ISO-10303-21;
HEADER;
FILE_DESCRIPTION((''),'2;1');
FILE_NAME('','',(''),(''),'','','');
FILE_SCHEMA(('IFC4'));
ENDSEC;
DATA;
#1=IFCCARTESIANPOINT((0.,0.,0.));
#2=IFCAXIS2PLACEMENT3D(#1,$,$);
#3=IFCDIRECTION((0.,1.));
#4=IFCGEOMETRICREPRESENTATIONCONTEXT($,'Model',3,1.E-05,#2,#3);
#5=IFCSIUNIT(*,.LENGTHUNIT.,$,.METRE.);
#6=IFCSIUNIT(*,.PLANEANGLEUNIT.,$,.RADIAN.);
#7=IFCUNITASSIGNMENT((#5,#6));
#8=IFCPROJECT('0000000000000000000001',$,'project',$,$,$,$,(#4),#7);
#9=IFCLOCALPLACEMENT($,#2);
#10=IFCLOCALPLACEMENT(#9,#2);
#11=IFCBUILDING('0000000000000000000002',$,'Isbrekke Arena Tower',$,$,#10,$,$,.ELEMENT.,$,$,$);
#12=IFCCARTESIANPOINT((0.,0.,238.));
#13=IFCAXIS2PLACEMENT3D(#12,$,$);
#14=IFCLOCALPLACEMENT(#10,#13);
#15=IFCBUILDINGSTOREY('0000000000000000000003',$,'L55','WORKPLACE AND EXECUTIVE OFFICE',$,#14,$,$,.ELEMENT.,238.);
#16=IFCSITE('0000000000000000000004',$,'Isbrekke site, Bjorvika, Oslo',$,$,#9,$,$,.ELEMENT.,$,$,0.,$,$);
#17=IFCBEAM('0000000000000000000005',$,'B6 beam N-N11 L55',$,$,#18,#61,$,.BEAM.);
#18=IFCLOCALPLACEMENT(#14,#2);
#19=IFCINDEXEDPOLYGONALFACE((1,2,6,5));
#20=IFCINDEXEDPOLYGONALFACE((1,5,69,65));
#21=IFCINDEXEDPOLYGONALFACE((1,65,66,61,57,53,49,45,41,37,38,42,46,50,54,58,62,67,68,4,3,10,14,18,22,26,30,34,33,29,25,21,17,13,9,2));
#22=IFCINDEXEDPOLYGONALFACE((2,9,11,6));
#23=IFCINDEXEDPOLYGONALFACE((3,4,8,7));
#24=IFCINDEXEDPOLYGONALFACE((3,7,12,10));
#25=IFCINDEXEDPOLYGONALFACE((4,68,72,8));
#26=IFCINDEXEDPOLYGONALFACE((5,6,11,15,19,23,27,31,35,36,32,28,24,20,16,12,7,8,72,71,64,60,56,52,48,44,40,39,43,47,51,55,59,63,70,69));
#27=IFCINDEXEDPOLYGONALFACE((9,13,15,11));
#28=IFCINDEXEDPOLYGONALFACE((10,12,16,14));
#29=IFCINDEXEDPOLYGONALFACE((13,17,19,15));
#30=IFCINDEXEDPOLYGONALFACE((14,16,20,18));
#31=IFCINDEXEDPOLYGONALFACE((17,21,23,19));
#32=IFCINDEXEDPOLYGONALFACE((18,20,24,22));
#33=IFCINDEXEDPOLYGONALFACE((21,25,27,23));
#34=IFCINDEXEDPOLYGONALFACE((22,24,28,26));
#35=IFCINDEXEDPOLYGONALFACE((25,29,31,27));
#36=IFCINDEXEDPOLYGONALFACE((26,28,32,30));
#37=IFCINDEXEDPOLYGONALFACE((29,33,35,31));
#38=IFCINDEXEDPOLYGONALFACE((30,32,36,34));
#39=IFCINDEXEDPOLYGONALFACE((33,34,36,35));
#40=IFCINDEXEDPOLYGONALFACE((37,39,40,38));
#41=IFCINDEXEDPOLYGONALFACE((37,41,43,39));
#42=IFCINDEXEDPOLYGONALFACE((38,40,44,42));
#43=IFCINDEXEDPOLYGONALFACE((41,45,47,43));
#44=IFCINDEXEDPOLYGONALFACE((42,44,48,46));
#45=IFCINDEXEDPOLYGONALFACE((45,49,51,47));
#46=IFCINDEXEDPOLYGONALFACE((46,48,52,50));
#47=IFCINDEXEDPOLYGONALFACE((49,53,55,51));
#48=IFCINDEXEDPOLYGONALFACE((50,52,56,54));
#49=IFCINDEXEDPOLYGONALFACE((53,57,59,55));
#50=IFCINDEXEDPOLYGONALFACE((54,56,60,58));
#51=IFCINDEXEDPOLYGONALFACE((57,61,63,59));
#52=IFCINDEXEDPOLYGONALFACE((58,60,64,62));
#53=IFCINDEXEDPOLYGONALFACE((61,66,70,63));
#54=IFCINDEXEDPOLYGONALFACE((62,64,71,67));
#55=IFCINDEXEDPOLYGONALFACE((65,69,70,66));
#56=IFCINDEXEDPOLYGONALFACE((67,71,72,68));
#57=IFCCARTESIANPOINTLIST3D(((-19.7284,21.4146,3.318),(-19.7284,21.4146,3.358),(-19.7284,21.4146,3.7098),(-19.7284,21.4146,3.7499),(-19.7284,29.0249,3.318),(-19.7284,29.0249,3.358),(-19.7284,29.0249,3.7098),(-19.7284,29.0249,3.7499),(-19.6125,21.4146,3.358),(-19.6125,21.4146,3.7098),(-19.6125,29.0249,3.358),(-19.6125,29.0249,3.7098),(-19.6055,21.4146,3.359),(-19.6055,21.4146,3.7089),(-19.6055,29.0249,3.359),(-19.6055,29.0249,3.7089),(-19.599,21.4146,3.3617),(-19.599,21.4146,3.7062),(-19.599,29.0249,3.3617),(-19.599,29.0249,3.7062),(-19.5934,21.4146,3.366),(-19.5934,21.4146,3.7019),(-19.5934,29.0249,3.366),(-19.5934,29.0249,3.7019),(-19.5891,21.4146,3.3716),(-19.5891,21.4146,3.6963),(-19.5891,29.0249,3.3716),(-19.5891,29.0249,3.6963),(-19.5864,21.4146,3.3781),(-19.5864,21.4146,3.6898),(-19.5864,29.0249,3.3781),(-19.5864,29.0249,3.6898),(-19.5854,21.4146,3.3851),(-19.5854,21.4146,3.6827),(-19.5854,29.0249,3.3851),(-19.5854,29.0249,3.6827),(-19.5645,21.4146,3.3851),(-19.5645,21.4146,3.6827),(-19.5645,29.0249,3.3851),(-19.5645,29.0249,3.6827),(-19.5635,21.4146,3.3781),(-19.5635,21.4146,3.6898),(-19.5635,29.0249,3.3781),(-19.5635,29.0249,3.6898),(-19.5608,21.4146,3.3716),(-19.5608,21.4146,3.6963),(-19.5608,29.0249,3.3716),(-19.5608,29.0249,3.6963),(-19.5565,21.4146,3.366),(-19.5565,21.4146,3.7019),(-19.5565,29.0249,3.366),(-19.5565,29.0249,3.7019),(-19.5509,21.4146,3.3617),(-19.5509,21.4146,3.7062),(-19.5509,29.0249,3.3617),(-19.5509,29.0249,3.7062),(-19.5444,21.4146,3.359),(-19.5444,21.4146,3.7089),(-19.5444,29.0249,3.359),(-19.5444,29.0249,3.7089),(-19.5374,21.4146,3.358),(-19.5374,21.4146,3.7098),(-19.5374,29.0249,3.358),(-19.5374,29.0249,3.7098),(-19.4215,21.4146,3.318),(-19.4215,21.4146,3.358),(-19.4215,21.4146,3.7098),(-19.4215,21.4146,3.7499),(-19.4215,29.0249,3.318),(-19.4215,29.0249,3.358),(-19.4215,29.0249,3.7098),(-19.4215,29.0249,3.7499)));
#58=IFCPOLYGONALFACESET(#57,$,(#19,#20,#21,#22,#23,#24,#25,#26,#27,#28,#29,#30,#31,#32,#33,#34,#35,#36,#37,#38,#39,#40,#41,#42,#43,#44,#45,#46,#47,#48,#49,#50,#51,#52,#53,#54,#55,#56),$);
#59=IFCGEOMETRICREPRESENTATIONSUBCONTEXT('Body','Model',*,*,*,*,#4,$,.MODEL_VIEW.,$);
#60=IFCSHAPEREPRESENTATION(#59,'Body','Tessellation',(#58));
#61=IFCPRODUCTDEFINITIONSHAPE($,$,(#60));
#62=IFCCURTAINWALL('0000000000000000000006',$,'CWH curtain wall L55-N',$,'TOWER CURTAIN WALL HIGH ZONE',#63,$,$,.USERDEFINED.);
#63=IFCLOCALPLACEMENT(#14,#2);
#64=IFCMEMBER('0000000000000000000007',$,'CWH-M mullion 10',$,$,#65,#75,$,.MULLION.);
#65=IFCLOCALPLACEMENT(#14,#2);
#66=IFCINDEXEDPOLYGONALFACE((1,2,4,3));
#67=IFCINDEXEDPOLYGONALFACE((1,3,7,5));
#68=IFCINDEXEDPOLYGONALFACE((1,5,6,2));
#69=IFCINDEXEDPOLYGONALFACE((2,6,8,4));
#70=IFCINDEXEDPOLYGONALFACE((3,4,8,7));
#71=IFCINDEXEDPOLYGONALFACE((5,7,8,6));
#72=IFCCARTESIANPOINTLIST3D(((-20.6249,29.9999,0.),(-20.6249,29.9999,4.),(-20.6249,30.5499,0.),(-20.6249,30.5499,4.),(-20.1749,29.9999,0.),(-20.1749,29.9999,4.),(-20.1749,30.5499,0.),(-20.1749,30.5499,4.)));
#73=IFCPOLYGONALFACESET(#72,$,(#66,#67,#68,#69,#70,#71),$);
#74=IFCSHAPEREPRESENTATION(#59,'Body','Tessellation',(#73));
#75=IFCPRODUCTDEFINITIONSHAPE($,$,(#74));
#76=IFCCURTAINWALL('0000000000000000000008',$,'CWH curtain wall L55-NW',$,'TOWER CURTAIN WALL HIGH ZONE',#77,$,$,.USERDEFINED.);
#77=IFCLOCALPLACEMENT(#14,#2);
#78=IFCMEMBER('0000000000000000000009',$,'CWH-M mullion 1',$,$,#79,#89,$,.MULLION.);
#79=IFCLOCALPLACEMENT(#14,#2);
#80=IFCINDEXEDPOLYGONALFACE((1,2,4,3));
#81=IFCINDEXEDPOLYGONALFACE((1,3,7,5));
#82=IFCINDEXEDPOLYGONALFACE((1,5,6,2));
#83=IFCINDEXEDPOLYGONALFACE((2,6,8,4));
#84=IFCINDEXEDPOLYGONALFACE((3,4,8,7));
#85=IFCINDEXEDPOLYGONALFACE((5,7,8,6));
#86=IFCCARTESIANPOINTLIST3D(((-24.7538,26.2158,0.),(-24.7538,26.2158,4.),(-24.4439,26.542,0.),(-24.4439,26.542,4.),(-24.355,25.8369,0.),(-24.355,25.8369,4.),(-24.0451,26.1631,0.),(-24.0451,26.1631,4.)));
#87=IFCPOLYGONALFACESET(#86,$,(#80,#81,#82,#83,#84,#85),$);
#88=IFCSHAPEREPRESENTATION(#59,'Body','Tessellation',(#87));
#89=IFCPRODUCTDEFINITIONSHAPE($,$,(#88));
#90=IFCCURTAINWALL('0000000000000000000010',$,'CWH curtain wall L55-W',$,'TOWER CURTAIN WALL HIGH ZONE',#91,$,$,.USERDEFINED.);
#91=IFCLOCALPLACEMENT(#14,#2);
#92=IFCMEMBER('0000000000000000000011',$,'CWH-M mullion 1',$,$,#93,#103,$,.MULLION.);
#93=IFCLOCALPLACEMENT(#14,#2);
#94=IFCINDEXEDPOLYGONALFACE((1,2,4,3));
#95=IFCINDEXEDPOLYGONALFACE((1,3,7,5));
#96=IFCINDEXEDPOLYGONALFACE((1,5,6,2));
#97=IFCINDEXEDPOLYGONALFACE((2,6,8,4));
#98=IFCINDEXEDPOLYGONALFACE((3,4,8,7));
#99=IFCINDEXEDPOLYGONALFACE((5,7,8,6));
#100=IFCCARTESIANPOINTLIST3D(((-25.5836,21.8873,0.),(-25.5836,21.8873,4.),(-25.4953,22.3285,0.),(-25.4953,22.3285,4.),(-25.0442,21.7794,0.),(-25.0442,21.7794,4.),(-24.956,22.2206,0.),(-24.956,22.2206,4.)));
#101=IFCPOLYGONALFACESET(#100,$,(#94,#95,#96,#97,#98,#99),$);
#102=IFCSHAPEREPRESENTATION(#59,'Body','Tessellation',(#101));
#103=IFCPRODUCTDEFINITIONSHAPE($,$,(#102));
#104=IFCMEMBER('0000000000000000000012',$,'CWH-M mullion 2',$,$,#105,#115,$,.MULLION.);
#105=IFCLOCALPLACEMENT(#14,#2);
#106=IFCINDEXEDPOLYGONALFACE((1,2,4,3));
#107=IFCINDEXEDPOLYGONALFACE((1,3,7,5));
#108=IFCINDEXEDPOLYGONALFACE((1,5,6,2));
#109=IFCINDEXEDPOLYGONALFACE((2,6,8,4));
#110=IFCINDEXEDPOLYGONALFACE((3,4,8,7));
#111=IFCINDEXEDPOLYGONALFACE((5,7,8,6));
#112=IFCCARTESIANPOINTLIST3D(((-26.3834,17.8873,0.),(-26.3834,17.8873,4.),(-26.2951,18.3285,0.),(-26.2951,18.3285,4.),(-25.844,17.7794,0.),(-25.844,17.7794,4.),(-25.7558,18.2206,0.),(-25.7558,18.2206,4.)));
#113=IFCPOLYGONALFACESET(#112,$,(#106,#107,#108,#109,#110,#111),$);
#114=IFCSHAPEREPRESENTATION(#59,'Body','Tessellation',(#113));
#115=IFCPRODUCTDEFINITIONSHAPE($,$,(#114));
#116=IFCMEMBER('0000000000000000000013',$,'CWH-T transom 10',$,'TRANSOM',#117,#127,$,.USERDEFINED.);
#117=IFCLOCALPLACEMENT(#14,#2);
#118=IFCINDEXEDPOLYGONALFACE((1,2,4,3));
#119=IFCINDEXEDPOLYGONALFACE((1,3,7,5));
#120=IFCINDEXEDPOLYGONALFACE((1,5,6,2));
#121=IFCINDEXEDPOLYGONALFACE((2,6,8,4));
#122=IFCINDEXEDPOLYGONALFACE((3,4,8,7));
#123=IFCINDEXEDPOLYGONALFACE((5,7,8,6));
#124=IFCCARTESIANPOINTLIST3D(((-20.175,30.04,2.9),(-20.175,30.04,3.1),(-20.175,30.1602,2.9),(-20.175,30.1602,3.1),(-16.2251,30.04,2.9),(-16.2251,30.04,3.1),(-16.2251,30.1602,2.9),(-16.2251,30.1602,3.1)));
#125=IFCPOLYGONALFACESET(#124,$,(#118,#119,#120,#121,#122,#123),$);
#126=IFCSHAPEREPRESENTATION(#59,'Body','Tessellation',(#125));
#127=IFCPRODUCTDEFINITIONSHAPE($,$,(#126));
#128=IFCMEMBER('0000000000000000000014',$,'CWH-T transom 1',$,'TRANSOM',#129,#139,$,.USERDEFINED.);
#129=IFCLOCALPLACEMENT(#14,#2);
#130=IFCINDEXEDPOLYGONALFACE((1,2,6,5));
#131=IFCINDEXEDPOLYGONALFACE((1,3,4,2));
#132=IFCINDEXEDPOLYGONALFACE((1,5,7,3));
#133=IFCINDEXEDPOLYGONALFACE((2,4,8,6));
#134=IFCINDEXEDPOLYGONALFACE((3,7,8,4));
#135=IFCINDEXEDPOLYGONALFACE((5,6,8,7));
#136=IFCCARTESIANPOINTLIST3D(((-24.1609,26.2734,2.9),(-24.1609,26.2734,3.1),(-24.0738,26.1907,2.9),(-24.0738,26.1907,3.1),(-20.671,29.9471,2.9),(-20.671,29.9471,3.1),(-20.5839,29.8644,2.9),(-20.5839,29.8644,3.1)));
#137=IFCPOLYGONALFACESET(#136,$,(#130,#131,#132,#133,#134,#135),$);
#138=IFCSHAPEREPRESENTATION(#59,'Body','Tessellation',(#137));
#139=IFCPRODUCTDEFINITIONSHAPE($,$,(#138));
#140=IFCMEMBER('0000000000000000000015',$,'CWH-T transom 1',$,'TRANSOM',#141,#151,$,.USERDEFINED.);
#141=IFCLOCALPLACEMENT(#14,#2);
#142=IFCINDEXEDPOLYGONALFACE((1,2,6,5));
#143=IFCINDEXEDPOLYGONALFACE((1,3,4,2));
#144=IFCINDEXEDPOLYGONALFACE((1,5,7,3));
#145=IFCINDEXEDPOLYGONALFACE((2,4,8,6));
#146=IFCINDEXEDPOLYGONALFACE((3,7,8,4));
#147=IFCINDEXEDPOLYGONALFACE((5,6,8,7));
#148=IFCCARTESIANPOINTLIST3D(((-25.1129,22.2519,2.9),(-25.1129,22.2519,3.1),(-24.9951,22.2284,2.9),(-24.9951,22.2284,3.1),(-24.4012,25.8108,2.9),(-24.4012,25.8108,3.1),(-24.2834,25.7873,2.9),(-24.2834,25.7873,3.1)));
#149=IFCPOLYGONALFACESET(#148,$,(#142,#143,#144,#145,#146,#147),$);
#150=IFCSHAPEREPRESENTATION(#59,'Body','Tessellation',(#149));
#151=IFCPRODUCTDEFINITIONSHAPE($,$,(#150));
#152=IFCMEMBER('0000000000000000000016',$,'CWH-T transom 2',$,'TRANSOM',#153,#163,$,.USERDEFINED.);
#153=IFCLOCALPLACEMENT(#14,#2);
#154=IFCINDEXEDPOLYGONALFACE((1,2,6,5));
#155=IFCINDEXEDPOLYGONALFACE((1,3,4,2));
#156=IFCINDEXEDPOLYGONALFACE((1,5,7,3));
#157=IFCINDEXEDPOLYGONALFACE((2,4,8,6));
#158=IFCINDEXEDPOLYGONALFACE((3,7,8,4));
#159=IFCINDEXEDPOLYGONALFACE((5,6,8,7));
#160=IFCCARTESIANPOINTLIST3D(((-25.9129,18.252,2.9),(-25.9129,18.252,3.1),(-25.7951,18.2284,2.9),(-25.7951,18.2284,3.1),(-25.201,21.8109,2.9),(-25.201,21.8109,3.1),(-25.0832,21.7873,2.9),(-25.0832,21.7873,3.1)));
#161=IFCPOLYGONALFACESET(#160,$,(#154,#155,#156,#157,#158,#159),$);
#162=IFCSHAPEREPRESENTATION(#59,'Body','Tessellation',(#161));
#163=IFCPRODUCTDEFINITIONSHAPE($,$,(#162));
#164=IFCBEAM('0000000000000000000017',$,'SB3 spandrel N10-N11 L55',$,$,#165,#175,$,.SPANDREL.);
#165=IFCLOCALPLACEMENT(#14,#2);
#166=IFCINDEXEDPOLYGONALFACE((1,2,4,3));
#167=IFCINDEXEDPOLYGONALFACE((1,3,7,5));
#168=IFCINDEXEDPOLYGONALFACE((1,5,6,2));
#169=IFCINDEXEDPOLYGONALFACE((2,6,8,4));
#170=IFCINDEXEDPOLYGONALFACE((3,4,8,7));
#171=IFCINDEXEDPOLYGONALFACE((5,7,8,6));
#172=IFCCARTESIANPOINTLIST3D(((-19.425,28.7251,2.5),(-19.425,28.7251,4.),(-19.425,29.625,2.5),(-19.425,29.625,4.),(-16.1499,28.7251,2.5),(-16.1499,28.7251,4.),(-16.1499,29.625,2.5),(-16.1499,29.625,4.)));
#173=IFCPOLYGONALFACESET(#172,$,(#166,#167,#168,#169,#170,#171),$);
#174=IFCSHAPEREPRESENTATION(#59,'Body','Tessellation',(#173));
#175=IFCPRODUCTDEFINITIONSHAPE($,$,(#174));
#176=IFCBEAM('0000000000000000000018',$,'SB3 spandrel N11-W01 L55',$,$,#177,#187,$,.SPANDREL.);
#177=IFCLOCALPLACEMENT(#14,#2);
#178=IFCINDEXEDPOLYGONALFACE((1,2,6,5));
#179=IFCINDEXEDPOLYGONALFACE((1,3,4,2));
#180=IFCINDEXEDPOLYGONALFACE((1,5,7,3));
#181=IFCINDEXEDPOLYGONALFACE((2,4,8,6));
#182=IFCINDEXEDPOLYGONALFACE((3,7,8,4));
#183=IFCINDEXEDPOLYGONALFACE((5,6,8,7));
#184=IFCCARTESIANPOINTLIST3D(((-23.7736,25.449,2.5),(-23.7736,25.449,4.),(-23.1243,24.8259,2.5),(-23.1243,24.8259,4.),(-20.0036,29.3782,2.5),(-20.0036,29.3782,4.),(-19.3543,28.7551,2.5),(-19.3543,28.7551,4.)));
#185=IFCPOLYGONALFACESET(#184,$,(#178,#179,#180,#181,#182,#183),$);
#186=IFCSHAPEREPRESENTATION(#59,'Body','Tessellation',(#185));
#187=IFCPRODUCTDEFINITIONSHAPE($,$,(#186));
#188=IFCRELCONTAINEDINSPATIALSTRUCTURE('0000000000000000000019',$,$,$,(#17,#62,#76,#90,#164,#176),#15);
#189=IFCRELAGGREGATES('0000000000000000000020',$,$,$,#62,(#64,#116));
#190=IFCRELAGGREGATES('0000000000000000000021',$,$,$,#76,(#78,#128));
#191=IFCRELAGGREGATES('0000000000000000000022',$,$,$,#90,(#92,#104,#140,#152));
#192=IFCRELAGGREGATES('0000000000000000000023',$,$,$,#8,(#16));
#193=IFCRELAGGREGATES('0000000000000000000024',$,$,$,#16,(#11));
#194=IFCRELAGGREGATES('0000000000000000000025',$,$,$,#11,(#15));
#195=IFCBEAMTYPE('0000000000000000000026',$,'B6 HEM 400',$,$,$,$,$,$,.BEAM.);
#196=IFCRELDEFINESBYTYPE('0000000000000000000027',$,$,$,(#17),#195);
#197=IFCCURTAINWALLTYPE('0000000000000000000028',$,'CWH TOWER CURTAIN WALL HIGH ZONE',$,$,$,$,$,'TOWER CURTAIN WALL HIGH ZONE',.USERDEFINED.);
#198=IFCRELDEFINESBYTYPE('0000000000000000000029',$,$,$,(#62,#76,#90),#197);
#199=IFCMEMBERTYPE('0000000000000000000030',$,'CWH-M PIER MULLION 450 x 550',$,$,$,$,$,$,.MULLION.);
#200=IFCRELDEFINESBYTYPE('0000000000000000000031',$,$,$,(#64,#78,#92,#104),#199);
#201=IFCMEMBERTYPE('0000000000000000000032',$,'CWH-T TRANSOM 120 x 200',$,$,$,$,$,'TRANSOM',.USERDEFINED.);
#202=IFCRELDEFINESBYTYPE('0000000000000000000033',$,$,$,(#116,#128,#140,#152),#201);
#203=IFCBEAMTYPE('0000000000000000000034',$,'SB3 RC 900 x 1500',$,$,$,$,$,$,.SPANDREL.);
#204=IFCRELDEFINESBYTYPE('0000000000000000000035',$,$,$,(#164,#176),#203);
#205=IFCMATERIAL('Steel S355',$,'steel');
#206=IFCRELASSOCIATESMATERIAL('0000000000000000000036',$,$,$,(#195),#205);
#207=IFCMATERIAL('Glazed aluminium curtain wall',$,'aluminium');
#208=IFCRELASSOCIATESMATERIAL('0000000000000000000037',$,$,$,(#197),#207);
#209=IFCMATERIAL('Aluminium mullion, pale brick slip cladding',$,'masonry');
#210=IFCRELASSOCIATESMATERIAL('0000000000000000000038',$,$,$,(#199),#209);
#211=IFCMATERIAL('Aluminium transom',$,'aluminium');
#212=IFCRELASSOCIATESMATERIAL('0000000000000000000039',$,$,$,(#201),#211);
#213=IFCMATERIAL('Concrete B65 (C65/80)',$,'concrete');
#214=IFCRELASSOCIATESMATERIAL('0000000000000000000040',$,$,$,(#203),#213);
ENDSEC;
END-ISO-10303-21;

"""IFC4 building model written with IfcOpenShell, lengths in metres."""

from ifc_helpers import new_model, si_unit, direction, frame, origin, origin_2d, place, context, subcontext, project, spatial, rectangle, i_section, extrude, material, material_profile, profile_set, type_object, element, aggregate, save


model = new_model("IFC4")

# Units and contexts
model_context = context("Model", 3, precision=1e-05, world=origin(), true_north=direction((0.0, 1.0)))
body_context = subcontext(model_context, "Body", "Model", "MODEL_VIEW")
ifc_project = project(units=[si_unit("LENGTHUNIT", "METRE"), si_unit("PLANEANGLEUNIT", "RADIAN")], contexts=[model_context])

# Site, building, storey
site_placement = place(None, origin())
site = spatial("IfcSite", under=ifc_project, at=site_placement, Name="Isbrekke site, Bjorvika, Oslo", CompositionType="ELEMENT", RefElevation=0.0)
building_placement = place(site_placement, origin())
building = spatial("IfcBuilding", under=site, at=building_placement, Name="Isbrekke Arena Tower", CompositionType="ELEMENT")
storey_placement = place(building_placement, frame((0.0, 0.0, 238.0)))
storey = spatial("IfcBuildingStorey", under=building, at=storey_placement, Name="L55", Description="WORKPLACE AND EXECUTIVE OFFICE", CompositionType="ELEMENT", Elevation=238.0)

# Beam
ifc_material_1 = material(Name="Steel S355", Category="steel")
ifc_material_profile_1 = material_profile(ifc_material_1, i_section(OverallWidth=0.3069, OverallDepth=0.4319, WebThickness=0.021, FlangeThickness=0.04, FilletRadius=0.0271, at=origin_2d()), Name="HEM 400")
ifc_profile_set_1 = profile_set([ifc_material_profile_1], Name="Steel S355")
beam_type_1 = type_object("IfcBeamType", Name="B6 HEM 400", PredefinedType="BEAM", material=ifc_profile_set_1)
beam_1_placement = place(storey_placement, frame((-19.575, 29.0249, 3.5339), z_axis=(0.0, -1.0, 0.0), x_axis=(1.0, 0.0, 0.0)))
element("IfcBeam", 1, at=beam_1_placement, inside=storey, type_object=beam_type_1, Name="B6 beam N-N11 L55", PredefinedType="BEAM", context=body_context, shape_type="SweptSolid", body=[
    extrude(i_section(OverallWidth=0.3069, OverallDepth=0.4319, WebThickness=0.021, FlangeThickness=0.04, FilletRadius=0.0271, at=origin_2d()), origin(), (0.0, 0.0, 1.0), 7.6104),
])

# Curtain walls, members
ifc_material_2 = material(Name="Glazed aluminium curtain wall", Category="aluminium")
curtain_wall_type = type_object("IfcCurtainWallType", Name="CWH TOWER CURTAIN WALL HIGH ZONE", ElementType="TOWER CURTAIN WALL HIGH ZONE", PredefinedType="USERDEFINED", material=ifc_material_2)
curtain_wall_1_placement = place(storey_placement, origin())
curtain_wall_1 = element("IfcCurtainWall", 2, at=curtain_wall_1_placement, inside=storey, type_object=curtain_wall_type, Name="CWH curtain wall L55-N", ObjectType="TOWER CURTAIN WALL HIGH ZONE", PredefinedType="USERDEFINED")
ifc_material_3 = material(Name="Aluminium mullion, pale brick slip cladding", Category="masonry")
ifc_material_profile_2 = material_profile(ifc_material_3, rectangle(XDim=0.45, YDim=0.55, at=origin_2d()), Name="PIER 450X550")
ifc_profile_set_2 = profile_set([ifc_material_profile_2], Name="Aluminium mullion, pale brick slip cladding")
member_type_1 = type_object("IfcMemberType", Name="CWH-M PIER MULLION 450 x 550", PredefinedType="MULLION", material=ifc_profile_set_2)
member_1_placement = place(storey_placement, frame((-20.3999, 30.2749, 0.0), z_axis=(0.0, 0.0, 1.0), x_axis=(-1.0, 0.0, 0.0)))
member_1 = element("IfcMember", 3, at=member_1_placement, type_object=member_type_1, Name="CWH-M mullion 10", PredefinedType="MULLION", context=body_context, shape_type="SweptSolid", body=[
    extrude(rectangle(XDim=0.45, YDim=0.55, at=origin_2d()), origin(), (0.0, 0.0, 1.0), 4.0),
])
curtain_wall_2_placement = place(storey_placement, origin())
curtain_wall_2 = element("IfcCurtainWall", 4, at=curtain_wall_2_placement, inside=storey, type_object=curtain_wall_type, Name="CWH curtain wall L55-NW", ObjectType="TOWER CURTAIN WALL HIGH ZONE", PredefinedType="USERDEFINED")
member_2_placement = place(storey_placement, frame((-24.3994, 26.1895, 0.0), z_axis=(0.0, 0.0, 1.0), x_axis=(-0.688749, -0.724999, 0.0)))
member_2 = element("IfcMember", 5, at=member_2_placement, type_object=member_type_1, Name="CWH-M mullion 1", PredefinedType="MULLION", context=body_context, shape_type="SweptSolid", body=[
    extrude(rectangle(XDim=0.45, YDim=0.55, at=origin_2d()), origin(), (0.0, 0.0, 1.0), 4.0),
])

# Curtain wall, members
curtain_wall_3_placement = place(storey_placement, origin())
curtain_wall_3 = element("IfcCurtainWall", 6, at=curtain_wall_3_placement, inside=storey, type_object=curtain_wall_type, Name="CWH curtain wall L55-W", ObjectType="TOWER CURTAIN WALL HIGH ZONE", PredefinedType="USERDEFINED")
member_3_placement = place(storey_placement, frame((-25.2698, 22.054, 0.0), z_axis=(0.0, 0.0, 1.0), x_axis=(-0.196116, -0.980581, 0.0)))
member_3 = element("IfcMember", 7, at=member_3_placement, type_object=member_type_1, Name="CWH-M mullion 1", PredefinedType="MULLION", context=body_context, shape_type="SweptSolid", body=[
    extrude(rectangle(XDim=0.45, YDim=0.55, at=origin_2d()), origin(), (0.0, 0.0, 1.0), 4.0),
])
member_4_placement = place(storey_placement, frame((-26.0696, 18.054, 0.0), z_axis=(0.0, 0.0, 1.0), x_axis=(-0.196116, -0.980581, 0.0)))
member_4 = element("IfcMember", 8, at=member_4_placement, type_object=member_type_1, Name="CWH-M mullion 2", PredefinedType="MULLION", context=body_context, shape_type="SweptSolid", body=[
    extrude(rectangle(XDim=0.45, YDim=0.55, at=origin_2d()), origin(), (0.0, 0.0, 1.0), 4.0),
])

# Members
ifc_material_4 = material(Name="Aluminium transom", Category="aluminium")
ifc_material_profile_3 = material_profile(ifc_material_4, rectangle(XDim=0.1201, YDim=0.2, at=origin_2d()), Name="TRANSOM 120X200")
ifc_profile_set_3 = profile_set([ifc_material_profile_3], Name="Aluminium transom")
member_type_2 = type_object("IfcMemberType", Name="CWH-T TRANSOM 120 x 200", ElementType="TRANSOM", PredefinedType="USERDEFINED", material=ifc_profile_set_3)
member_5_placement = place(storey_placement, frame((-16.2251, 30.1001, 3.0), z_axis=(-1.0, 0.0, 0.0), x_axis=(0.0, -1.0, 0.0)))
member_5 = element("IfcMember", 9, at=member_5_placement, type_object=member_type_2, Name="CWH-T transom 10", ObjectType="TRANSOM", PredefinedType="USERDEFINED", context=body_context, shape_type="SweptSolid", body=[
    extrude(rectangle(XDim=0.1201, YDim=0.2, at=origin_2d()), origin(), (0.0, 0.0, 1.0), 3.95),
])
member_6_placement = place(storey_placement, frame((-20.6274, 29.9058, 3.0), z_axis=(-0.688734, -0.725014, 0.0), x_axis=(0.725014, -0.688734, 0.0)))
member_6 = element("IfcMember", 10, at=member_6_placement, type_object=member_type_2, Name="CWH-T transom 1", ObjectType="TRANSOM", PredefinedType="USERDEFINED", context=body_context, shape_type="SweptSolid", body=[
    extrude(rectangle(XDim=0.1201, YDim=0.2, at=origin_2d()), origin(), (0.0, 0.0, 1.0), 5.0671),
])
member_7_placement = place(storey_placement, frame((-24.3423, 25.7991, 3.0), z_axis=(-0.19609, -0.980586, 0.0), x_axis=(0.980586, -0.19609, 0.0)))
member_7 = element("IfcMember", 11, at=member_7_placement, type_object=member_type_2, Name="CWH-T transom 1", ObjectType="TRANSOM", PredefinedType="USERDEFINED", context=body_context, shape_type="SweptSolid", body=[
    extrude(rectangle(XDim=0.1201, YDim=0.2, at=origin_2d()), origin(), (0.0, 0.0, 1.0), 3.6294),
])
member_8_placement = place(storey_placement, frame((-25.1421, 21.7991, 3.0), z_axis=(-0.196155, -0.980573, 0.0), x_axis=(0.980573, -0.196155, 0.0)))
member_8 = element("IfcMember", 12, at=member_8_placement, type_object=member_type_2, Name="CWH-T transom 2", ObjectType="TRANSOM", PredefinedType="USERDEFINED", context=body_context, shape_type="SweptSolid", body=[
    extrude(rectangle(XDim=0.1201, YDim=0.2, at=origin_2d()), origin(), (0.0, 0.0, 1.0), 3.6294),
])

# Beams
ifc_material_5 = material(Name="Concrete B65 (C65/80)", Category="concrete")
ifc_material_profile_4 = material_profile(ifc_material_5, rectangle(XDim=0.8999, YDim=1.5, at=origin_2d()), Name="RC 900x1500")
ifc_profile_set_4 = profile_set([ifc_material_profile_4], Name="Concrete B65 (C65/80)")
beam_type_2 = type_object("IfcBeamType", Name="SB3 RC 900 x 1500", PredefinedType="SPANDREL", material=ifc_profile_set_4)
beam_2_placement = place(storey_placement, frame((-16.1499, 29.175, 3.25), z_axis=(-1.0, 0.0, 0.0), x_axis=(0.0, -1.0, 0.0)))
element("IfcBeam", 13, at=beam_2_placement, inside=storey, type_object=beam_type_2, Name="SB3 spandrel N10-N11 L55", PredefinedType="SPANDREL", context=body_context, shape_type="SweptSolid", body=[
    extrude(rectangle(XDim=0.8999, YDim=1.5, at=origin_2d()), origin(), (0.0, 0.0, 1.0), 3.2751),
])
beam_3_placement = place(storey_placement, frame((-19.679, 29.0667, 3.25), z_axis=(-0.69234, -0.721572, 0.0), x_axis=(0.721572, -0.69234, 0.0)))
element("IfcBeam", 14, at=beam_3_placement, inside=storey, type_object=beam_type_2, Name="SB3 spandrel N11-W01 L55", PredefinedType="SPANDREL", context=body_context, shape_type="SweptSolid", body=[
    extrude(rectangle(XDim=0.8999, YDim=1.5, at=origin_2d()), origin(), (0.0, 0.0, 1.0), 5.4453),
])

aggregate(curtain_wall_1, [member_1, member_5])
aggregate(curtain_wall_2, [member_2, member_6])
aggregate(curtain_wall_3, [member_3, member_4, member_7, member_8])

save(model, "model.ifc")
